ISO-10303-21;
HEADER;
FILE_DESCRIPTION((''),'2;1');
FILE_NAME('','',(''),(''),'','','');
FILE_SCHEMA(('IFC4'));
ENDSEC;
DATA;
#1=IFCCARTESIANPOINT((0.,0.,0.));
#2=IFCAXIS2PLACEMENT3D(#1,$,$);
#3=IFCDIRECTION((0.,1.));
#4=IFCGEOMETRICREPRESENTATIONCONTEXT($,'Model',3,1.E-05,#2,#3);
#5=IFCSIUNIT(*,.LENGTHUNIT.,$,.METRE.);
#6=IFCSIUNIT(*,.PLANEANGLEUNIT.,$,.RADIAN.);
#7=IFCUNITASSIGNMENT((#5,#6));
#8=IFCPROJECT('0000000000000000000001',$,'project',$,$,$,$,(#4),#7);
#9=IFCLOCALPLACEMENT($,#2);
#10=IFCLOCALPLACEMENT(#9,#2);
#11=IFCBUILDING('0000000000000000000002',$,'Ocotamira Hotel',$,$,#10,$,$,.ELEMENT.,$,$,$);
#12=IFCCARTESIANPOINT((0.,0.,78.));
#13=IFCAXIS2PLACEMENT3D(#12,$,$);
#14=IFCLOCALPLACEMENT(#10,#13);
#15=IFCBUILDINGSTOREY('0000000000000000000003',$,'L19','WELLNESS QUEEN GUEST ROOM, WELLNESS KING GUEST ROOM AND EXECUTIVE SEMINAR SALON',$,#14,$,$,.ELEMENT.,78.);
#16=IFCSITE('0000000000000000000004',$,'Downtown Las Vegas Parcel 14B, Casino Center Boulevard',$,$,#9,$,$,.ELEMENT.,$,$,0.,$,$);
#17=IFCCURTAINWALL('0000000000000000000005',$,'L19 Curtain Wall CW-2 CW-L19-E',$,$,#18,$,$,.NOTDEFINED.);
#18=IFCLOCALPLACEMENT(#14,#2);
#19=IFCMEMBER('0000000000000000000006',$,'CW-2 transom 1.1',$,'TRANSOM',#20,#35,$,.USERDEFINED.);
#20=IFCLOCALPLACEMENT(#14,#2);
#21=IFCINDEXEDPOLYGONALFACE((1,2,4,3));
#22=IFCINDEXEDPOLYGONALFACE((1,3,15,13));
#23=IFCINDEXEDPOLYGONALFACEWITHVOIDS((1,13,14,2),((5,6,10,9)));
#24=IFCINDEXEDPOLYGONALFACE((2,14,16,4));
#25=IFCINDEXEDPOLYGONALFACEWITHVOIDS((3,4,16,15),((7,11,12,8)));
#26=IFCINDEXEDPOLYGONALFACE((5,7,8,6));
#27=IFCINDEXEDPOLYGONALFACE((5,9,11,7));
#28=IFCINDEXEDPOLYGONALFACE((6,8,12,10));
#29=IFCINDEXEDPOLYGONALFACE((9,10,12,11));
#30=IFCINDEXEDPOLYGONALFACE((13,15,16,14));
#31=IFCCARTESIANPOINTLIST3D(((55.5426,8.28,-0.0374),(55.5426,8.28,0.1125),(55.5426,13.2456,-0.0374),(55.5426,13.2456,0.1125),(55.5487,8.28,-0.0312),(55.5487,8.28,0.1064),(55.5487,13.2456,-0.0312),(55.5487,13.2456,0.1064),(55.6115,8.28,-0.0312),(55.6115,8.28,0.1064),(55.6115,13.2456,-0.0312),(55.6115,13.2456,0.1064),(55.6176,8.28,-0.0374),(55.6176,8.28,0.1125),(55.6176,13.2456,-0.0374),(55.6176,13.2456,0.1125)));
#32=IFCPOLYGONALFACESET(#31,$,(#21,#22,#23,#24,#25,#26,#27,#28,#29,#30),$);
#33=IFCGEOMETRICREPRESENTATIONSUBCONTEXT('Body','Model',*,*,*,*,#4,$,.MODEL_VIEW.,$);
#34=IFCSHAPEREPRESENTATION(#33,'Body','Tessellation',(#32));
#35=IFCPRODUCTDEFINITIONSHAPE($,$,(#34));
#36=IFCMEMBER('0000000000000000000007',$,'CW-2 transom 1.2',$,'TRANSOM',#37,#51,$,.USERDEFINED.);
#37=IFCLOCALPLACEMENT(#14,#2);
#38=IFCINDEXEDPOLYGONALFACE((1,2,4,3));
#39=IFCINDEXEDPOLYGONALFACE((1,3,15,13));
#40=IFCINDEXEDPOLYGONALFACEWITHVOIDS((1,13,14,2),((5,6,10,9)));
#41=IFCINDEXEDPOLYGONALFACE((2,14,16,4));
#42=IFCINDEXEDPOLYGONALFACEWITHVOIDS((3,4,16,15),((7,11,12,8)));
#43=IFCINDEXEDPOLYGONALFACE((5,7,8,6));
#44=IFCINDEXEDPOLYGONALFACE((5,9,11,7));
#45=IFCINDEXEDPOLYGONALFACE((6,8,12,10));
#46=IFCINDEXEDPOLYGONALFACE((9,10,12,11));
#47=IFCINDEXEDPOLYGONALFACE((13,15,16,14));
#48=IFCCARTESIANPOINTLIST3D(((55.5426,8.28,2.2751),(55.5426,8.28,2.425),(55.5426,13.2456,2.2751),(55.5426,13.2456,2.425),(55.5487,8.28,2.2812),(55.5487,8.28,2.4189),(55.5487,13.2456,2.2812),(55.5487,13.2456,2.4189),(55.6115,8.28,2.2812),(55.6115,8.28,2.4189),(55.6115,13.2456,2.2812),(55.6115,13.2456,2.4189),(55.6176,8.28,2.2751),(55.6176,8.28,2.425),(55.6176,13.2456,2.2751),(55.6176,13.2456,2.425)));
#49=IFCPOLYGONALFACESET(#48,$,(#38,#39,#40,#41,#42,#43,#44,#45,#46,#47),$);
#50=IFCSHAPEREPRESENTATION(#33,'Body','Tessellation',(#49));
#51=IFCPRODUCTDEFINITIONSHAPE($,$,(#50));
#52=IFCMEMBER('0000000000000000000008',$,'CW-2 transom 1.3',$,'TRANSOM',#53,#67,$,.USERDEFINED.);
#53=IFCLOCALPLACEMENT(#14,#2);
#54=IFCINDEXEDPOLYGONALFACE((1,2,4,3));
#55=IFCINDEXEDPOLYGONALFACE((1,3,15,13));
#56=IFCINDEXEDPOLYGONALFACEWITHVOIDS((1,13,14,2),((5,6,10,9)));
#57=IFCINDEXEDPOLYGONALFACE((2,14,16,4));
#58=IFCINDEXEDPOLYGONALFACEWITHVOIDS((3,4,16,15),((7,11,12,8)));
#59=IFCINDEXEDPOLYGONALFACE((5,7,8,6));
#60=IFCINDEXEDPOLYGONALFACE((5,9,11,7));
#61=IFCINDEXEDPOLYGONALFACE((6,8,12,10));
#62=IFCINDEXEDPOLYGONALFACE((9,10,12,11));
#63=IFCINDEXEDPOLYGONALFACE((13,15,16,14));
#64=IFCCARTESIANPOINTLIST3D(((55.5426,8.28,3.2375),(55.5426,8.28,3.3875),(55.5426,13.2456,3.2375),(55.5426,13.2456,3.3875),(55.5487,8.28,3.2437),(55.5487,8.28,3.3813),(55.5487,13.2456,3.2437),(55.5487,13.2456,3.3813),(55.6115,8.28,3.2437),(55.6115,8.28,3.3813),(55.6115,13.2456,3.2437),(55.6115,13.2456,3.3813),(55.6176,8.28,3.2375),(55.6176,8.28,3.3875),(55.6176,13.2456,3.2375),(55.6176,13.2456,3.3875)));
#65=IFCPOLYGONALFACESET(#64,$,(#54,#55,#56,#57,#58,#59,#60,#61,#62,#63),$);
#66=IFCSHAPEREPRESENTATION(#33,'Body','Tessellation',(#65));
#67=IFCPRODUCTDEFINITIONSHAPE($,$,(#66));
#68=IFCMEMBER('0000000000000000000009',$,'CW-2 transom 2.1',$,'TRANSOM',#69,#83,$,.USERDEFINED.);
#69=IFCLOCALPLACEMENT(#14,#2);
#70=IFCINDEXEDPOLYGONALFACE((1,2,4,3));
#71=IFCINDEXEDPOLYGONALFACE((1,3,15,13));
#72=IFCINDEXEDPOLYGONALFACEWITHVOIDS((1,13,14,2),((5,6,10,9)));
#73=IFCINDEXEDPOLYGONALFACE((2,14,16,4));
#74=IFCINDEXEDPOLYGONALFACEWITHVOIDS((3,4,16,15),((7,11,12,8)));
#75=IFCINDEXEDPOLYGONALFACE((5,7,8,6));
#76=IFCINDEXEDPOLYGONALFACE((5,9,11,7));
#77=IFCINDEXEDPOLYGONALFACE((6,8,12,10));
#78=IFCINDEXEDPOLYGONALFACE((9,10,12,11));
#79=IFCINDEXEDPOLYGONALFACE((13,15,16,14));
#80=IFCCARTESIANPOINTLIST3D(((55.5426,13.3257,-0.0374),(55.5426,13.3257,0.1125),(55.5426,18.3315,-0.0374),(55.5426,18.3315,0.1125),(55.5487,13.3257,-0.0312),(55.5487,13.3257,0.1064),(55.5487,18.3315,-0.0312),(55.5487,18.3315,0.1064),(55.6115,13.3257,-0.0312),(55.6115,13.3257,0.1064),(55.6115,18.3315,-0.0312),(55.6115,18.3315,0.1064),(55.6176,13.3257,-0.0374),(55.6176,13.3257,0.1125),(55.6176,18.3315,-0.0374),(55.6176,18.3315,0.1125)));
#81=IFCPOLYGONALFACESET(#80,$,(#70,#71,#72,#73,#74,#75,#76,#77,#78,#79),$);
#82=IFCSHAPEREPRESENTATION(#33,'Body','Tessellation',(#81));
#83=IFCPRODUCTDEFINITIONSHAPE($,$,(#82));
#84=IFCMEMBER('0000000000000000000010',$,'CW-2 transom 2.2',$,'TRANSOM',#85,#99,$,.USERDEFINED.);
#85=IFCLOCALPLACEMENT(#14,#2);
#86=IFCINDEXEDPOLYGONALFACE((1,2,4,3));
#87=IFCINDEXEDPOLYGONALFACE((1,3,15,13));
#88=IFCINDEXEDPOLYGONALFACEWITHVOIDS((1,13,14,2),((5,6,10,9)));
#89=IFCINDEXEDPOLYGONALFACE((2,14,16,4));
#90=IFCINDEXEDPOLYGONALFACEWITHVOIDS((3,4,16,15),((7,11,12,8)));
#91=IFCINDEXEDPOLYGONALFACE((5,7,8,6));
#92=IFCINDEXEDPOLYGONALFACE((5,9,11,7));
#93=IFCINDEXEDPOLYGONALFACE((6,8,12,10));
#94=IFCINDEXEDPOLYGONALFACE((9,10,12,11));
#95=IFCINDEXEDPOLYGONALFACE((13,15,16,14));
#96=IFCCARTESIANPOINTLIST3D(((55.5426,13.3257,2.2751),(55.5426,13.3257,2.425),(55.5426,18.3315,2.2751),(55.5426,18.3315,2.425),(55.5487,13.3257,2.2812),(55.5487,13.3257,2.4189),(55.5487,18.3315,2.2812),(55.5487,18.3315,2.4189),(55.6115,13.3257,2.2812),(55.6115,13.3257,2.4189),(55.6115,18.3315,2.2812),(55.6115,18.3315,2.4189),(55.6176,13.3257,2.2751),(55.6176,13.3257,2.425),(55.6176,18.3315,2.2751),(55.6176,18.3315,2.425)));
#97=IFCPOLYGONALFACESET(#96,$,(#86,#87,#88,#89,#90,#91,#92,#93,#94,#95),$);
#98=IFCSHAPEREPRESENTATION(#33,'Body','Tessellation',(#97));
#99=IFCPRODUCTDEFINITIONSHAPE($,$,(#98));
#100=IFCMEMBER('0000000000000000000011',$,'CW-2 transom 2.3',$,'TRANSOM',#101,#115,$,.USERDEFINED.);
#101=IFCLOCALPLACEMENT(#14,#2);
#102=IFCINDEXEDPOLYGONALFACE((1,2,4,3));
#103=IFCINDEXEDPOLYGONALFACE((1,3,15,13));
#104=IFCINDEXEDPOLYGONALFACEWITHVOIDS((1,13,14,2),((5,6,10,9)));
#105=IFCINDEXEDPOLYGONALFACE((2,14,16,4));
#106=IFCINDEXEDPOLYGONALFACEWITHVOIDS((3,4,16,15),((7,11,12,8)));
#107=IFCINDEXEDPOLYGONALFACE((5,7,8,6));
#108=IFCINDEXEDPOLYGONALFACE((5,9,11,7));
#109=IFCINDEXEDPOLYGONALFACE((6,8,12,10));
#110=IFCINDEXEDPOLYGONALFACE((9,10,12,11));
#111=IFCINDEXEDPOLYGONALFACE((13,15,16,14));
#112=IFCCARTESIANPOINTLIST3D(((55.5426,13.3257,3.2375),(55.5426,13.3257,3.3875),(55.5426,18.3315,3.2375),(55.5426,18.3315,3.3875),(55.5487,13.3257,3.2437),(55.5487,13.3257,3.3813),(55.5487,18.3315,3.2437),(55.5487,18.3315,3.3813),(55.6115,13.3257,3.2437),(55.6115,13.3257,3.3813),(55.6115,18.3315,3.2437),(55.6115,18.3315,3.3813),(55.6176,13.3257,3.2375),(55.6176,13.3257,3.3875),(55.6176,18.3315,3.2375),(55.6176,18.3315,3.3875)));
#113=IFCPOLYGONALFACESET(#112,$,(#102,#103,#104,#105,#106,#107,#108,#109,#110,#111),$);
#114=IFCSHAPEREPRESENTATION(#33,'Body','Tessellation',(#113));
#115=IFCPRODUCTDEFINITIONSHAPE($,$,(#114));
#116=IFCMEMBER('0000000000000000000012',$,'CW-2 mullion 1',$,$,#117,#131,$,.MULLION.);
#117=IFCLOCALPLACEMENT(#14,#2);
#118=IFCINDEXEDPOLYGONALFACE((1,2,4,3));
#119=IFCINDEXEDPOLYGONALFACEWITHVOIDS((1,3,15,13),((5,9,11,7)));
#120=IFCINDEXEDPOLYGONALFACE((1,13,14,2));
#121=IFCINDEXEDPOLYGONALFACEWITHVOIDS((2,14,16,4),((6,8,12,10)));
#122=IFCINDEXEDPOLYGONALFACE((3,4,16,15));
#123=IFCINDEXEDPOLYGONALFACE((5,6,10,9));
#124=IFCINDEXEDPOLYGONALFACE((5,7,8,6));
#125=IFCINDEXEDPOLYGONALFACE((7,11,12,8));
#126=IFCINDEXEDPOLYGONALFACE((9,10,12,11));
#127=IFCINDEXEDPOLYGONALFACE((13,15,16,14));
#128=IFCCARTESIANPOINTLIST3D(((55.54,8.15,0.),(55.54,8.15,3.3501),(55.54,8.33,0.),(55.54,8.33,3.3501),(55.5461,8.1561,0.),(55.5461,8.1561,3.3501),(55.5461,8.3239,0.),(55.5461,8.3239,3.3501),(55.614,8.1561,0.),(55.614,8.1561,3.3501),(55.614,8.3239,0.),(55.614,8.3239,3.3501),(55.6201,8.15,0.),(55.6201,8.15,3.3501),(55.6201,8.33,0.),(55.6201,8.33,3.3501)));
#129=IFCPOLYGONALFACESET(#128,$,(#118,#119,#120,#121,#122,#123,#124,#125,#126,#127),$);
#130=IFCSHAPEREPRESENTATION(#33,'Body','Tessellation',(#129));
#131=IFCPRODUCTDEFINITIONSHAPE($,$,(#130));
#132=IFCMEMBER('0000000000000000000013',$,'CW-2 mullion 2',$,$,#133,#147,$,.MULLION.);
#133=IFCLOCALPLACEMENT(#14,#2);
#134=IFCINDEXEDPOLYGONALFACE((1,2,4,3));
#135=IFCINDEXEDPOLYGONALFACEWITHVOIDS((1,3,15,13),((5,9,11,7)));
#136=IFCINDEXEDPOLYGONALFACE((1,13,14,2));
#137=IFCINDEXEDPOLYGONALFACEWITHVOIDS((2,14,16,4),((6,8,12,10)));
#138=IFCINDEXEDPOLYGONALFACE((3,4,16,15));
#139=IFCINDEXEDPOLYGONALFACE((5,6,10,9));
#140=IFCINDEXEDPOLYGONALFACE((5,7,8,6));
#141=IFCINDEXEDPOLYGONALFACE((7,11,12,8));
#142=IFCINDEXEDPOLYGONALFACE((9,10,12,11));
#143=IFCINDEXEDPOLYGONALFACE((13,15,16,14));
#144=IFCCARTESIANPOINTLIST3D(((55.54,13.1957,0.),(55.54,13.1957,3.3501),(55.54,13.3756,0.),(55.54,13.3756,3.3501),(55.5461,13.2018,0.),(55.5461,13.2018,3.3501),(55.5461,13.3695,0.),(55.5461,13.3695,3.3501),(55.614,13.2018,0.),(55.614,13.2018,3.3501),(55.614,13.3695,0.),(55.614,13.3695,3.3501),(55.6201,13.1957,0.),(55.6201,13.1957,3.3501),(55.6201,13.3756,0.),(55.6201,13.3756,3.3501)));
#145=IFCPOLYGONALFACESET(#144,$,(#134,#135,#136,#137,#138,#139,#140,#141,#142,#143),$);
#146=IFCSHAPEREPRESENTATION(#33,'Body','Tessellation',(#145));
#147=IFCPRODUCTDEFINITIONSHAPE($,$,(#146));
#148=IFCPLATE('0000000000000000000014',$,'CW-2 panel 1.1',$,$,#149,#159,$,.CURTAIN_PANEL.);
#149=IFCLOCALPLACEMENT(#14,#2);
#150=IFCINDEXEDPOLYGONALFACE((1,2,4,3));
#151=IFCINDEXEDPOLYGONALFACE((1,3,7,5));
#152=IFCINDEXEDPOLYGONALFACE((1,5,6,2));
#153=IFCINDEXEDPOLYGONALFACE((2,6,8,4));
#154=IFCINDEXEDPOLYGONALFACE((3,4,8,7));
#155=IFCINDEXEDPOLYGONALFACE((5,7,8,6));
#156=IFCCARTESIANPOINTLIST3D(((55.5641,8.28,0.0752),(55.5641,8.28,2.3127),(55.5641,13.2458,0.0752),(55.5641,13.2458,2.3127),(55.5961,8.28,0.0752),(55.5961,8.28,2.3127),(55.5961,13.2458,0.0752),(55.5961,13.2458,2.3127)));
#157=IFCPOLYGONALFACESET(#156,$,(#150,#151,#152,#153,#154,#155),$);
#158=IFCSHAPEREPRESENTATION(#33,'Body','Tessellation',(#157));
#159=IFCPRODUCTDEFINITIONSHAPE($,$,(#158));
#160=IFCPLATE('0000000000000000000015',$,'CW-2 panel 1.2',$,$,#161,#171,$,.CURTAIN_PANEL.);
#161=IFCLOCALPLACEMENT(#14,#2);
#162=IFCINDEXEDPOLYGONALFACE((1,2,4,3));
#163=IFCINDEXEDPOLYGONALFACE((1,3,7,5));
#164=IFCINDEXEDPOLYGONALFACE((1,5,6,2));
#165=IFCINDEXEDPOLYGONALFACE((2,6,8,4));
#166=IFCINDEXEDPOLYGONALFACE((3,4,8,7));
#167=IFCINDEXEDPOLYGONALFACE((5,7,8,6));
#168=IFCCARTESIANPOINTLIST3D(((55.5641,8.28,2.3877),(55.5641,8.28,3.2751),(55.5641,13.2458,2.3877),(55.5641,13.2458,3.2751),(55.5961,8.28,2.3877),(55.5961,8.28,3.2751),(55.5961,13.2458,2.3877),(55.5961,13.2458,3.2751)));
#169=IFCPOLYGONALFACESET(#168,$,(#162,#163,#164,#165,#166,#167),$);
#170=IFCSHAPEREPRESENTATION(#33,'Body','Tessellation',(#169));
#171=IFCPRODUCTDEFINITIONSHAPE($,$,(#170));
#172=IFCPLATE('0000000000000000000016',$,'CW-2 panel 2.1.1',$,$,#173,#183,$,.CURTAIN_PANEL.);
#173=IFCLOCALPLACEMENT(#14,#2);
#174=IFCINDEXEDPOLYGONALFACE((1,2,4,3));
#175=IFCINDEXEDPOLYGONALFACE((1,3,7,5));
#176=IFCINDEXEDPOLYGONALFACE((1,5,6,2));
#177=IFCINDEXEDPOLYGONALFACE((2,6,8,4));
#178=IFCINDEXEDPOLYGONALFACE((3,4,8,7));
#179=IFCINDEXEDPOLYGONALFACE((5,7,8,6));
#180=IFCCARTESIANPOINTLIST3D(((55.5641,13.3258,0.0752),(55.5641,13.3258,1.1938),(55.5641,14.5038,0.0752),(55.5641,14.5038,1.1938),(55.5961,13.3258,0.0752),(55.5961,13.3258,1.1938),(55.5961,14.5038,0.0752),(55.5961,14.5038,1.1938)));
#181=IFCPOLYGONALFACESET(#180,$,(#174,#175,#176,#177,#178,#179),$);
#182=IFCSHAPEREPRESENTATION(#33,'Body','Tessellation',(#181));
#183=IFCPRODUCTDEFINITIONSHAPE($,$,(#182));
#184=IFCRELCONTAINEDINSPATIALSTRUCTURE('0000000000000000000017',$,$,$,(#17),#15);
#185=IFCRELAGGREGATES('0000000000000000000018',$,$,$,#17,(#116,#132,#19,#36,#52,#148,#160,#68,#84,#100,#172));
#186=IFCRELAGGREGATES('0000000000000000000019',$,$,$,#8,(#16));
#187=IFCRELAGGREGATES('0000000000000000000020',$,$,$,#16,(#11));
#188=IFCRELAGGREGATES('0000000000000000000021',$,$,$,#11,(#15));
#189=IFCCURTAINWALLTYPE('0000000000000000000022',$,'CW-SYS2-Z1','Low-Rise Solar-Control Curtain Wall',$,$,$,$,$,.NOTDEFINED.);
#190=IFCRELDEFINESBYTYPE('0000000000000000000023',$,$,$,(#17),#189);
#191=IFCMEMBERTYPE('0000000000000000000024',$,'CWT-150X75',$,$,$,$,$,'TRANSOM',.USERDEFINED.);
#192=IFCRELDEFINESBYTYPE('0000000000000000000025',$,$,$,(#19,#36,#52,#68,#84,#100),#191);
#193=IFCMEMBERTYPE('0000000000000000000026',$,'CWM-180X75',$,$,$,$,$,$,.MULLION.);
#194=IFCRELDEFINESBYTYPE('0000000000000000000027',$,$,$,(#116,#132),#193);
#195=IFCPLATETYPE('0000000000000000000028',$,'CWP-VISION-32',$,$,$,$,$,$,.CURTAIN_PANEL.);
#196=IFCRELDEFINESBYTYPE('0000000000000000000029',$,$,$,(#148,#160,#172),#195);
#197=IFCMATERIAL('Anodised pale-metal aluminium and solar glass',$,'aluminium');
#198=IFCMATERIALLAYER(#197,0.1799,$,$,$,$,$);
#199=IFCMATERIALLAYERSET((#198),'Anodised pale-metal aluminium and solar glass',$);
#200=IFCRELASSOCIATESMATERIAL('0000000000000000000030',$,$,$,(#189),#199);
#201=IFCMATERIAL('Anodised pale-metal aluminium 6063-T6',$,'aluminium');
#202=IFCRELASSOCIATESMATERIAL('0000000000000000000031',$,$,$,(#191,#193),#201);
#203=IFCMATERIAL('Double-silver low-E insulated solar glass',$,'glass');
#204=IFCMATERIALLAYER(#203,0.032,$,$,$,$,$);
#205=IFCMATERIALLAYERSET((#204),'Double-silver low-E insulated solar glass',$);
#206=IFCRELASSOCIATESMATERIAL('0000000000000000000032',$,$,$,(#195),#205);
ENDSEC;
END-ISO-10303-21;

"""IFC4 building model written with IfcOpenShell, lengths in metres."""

from ifc_helpers import new_model, si_unit, direction, frame, origin, origin_2d, place, context, subcontext, project, spatial, rectangle, hollow_rectangle, extrude, source, transform, mapped, material, layer, layer_set, material_profile, profile_set, type_object, element, aggregate, save


model = new_model("IFC4")

# Units and contexts
model_context = context("Model", 3, precision=1e-05, world=origin(), true_north=direction((0.0, 1.0)))
body_context = subcontext(model_context, "Body", "Model", "MODEL_VIEW")
ifc_project = project(units=[si_unit("LENGTHUNIT", "METRE"), si_unit("PLANEANGLEUNIT", "RADIAN")], contexts=[model_context])

# Site, building, storey
site_placement = place(None, origin())
site = spatial("IfcSite", under=ifc_project, at=site_placement, Name="Downtown Las Vegas Parcel 14B, Casino Center Boulevard", CompositionType="ELEMENT", RefElevation=0.0)
building_placement = place(site_placement, origin())
building = spatial("IfcBuilding", under=site, at=building_placement, Name="Ocotamira Hotel", CompositionType="ELEMENT")
storey_placement = place(building_placement, frame((0.0, 0.0, 78.0)))
storey = spatial("IfcBuildingStorey", under=building, at=storey_placement, Name="L19", Description="WELLNESS QUEEN GUEST ROOM, WELLNESS KING GUEST ROOM AND EXECUTIVE SEMINAR SALON", CompositionType="ELEMENT", Elevation=78.0)

# Curtain wall, members, plates
ifc_material_1 = material(Name="Anodised pale-metal aluminium and solar glass", Category="aluminium")
ifc_layer_1 = layer(ifc_material_1, 0.1799)
ifc_layer_set_1 = layer_set([ifc_layer_1], Name="Anodised pale-metal aluminium and solar glass")
curtain_wall_type = type_object("IfcCurtainWallType", Name="CW-SYS2-Z1", Description="Low-Rise Solar-Control Curtain Wall", PredefinedType="NOTDEFINED", material=ifc_layer_set_1)
curtain_wall_placement = place(storey_placement, origin())
curtain_wall = element("IfcCurtainWall", 1, at=curtain_wall_placement, inside=storey, type_object=curtain_wall_type, Name="L19 Curtain Wall CW-2 CW-L19-E", PredefinedType="NOTDEFINED")
ifc_material_2 = material(Name="Anodised pale-metal aluminium 6063-T6", Category="aluminium")
ifc_material_profile_1 = material_profile(ifc_material_2, hollow_rectangle(XDim=0.075, YDim=0.1499, WallThickness=0.0061, at=origin_2d()), Name="HSS150X75X6")
ifc_profile_set_1 = profile_set([ifc_material_profile_1], Name="Anodised pale-metal aluminium 6063-T6")
member_type_1 = type_object("IfcMemberType", Name="CWT-150X75", ElementType="TRANSOM", PredefinedType="USERDEFINED", material=ifc_profile_set_1)
shared_shape_1 = source(origin(), body_context, "Body", "SweptSolid", [
    extrude(hollow_rectangle(XDim=0.075, YDim=0.1499, WallThickness=0.0061, at=origin_2d()), origin(), (0.0, 0.0, 1.0), 4.9656),
])
member_1_placement = place(storey_placement, frame((55.5801, 8.28, 0.0376), z_axis=(0.0, 1.0, 0.0), x_axis=(-1.0, 0.0, 0.0)))
member_1 = element("IfcMember", 2, at=member_1_placement, type_object=member_type_1, Name="CW-2 transom 1.1", ObjectType="TRANSOM", PredefinedType="USERDEFINED", context=body_context, shape_type="MappedRepresentation", body=[
    mapped(shared_shape_1, transform((0.0, 0.0, 0.0), scale=1.0)),
])
member_2_placement = place(storey_placement, frame((55.5801, 8.28, 2.3501), z_axis=(0.0, 1.0, 0.0), x_axis=(-1.0, 0.0, 0.0)))
member_2 = element("IfcMember", 3, at=member_2_placement, type_object=member_type_1, Name="CW-2 transom 1.2", ObjectType="TRANSOM", PredefinedType="USERDEFINED", context=body_context, shape_type="MappedRepresentation", body=[
    mapped(shared_shape_1, transform((0.0, 0.0, 0.0), scale=1.0)),
])
member_3_placement = place(storey_placement, frame((55.5801, 8.28, 3.3125), z_axis=(0.0, 1.0, 0.0), x_axis=(-1.0, 0.0, 0.0)))
member_3 = element("IfcMember", 4, at=member_3_placement, type_object=member_type_1, Name="CW-2 transom 1.3", ObjectType="TRANSOM", PredefinedType="USERDEFINED", context=body_context, shape_type="MappedRepresentation", body=[
    mapped(shared_shape_1, transform((0.0, 0.0, 0.0), scale=1.0)),
])
shared_shape_2 = source(origin(), body_context, "Body", "SweptSolid", [
    extrude(hollow_rectangle(XDim=0.075, YDim=0.1499, WallThickness=0.0061, at=origin_2d()), origin(), (0.0, 0.0, 1.0), 5.0059),
])
member_4_placement = place(storey_placement, frame((55.5801, 13.3257, 0.0376), z_axis=(0.0, 1.0, 0.0), x_axis=(-1.0, 0.0, 0.0)))
member_4 = element("IfcMember", 5, at=member_4_placement, type_object=member_type_1, Name="CW-2 transom 2.1", ObjectType="TRANSOM", PredefinedType="USERDEFINED", context=body_context, shape_type="MappedRepresentation", body=[
    mapped(shared_shape_2, transform((0.0, 0.0, 0.0), scale=1.0)),
])
member_5_placement = place(storey_placement, frame((55.5801, 13.3257, 2.3501), z_axis=(0.0, 1.0, 0.0), x_axis=(-1.0, 0.0, 0.0)))
member_5 = element("IfcMember", 6, at=member_5_placement, type_object=member_type_1, Name="CW-2 transom 2.2", ObjectType="TRANSOM", PredefinedType="USERDEFINED", context=body_context, shape_type="MappedRepresentation", body=[
    mapped(shared_shape_2, transform((0.0, 0.0, 0.0), scale=1.0)),
])
member_6_placement = place(storey_placement, frame((55.5801, 13.3257, 3.3125), z_axis=(0.0, 1.0, 0.0), x_axis=(-1.0, 0.0, 0.0)))
member_6 = element("IfcMember", 7, at=member_6_placement, type_object=member_type_1, Name="CW-2 transom 2.3", ObjectType="TRANSOM", PredefinedType="USERDEFINED", context=body_context, shape_type="MappedRepresentation", body=[
    mapped(shared_shape_2, transform((0.0, 0.0, 0.0), scale=1.0)),
])
ifc_material_profile_2 = material_profile(ifc_material_2, hollow_rectangle(XDim=0.0801, YDim=0.1799, WallThickness=0.0061, at=origin_2d()), Name="HSS180X80X6")
ifc_profile_set_2 = profile_set([ifc_material_profile_2], Name="Anodised pale-metal aluminium 6063-T6")
member_type_2 = type_object("IfcMemberType", Name="CWM-180X75", PredefinedType="MULLION", material=ifc_profile_set_2)
shared_shape_3 = source(origin(), body_context, "Body", "SweptSolid", [
    extrude(hollow_rectangle(XDim=0.0801, YDim=0.1799, WallThickness=0.0061, at=origin_2d()), origin(), (0.0, 0.0, 1.0), 3.3501),
])
member_7_placement = place(storey_placement, frame((55.5801, 8.24, 0.0), z_axis=(0.0, 0.0, 1.0), x_axis=(-1.0, 0.0, 0.0)))
member_7 = element("IfcMember", 8, at=member_7_placement, type_object=member_type_2, Name="CW-2 mullion 1", PredefinedType="MULLION", context=body_context, shape_type="MappedRepresentation", body=[
    mapped(shared_shape_3, transform((0.0, 0.0, 0.0), scale=1.0)),
])
member_8_placement = place(storey_placement, frame((55.5801, 13.2856, 0.0), z_axis=(0.0, 0.0, 1.0), x_axis=(-1.0, 0.0, 0.0)))
member_8 = element("IfcMember", 9, at=member_8_placement, type_object=member_type_2, Name="CW-2 mullion 2", PredefinedType="MULLION", context=body_context, shape_type="MappedRepresentation", body=[
    mapped(shared_shape_3, transform((0.0, 0.0, 0.0), scale=1.0)),
])
ifc_material_3 = material(Name="Double-silver low-E insulated solar glass", Category="glass")
ifc_layer_2 = layer(ifc_material_3, 0.032)
ifc_layer_set_2 = layer_set([ifc_layer_2], Name="Double-silver low-E insulated solar glass")
plate_type = type_object("IfcPlateType", Name="CWP-VISION-32", PredefinedType="CURTAIN_PANEL", material=ifc_layer_set_2)
shared_shape_4 = source(origin(), body_context, "Body", "SweptSolid", [
    extrude(rectangle(XDim=4.9658, YDim=0.032, at=origin_2d()), origin(), (0.0, 0.0, 1.0), 2.2375),
])
plate_1_placement = place(storey_placement, frame((55.5801, 10.7629, 0.0752), z_axis=(0.0, 0.0, 1.0), x_axis=(0.0, 1.0, 0.0)))
plate_1 = element("IfcPlate", 10, at=plate_1_placement, type_object=plate_type, Name="CW-2 panel 1.1", PredefinedType="CURTAIN_PANEL", context=body_context, shape_type="MappedRepresentation", body=[
    mapped(shared_shape_4, transform((0.0, 0.0, 0.0), scale=1.0)),
])
shared_shape_5 = source(origin(), body_context, "Body", "SweptSolid", [
    extrude(rectangle(XDim=4.9658, YDim=0.032, at=origin_2d()), origin(), (0.0, 0.0, 1.0), 0.8875),
])
plate_2_placement = place(storey_placement, frame((55.5801, 10.7629, 2.3877), z_axis=(0.0, 0.0, 1.0), x_axis=(0.0, 1.0, 0.0)))
plate_2 = element("IfcPlate", 11, at=plate_2_placement, type_object=plate_type, Name="CW-2 panel 1.2", PredefinedType="CURTAIN_PANEL", context=body_context, shape_type="MappedRepresentation", body=[
    mapped(shared_shape_5, transform((0.0, 0.0, 0.0), scale=1.0)),
])
shared_shape_6 = source(origin(), body_context, "Body", "SweptSolid", [
    extrude(rectangle(XDim=1.178, YDim=0.032, at=origin_2d()), origin(), (0.0, 0.0, 1.0), 1.1187),
])
plate_3_placement = place(storey_placement, frame((55.5801, 13.9148, 0.0752), z_axis=(0.0, 0.0, 1.0), x_axis=(0.0, 1.0, 0.0)))
plate_3 = element("IfcPlate", 12, at=plate_3_placement, type_object=plate_type, Name="CW-2 panel 2.1.1", PredefinedType="CURTAIN_PANEL", context=body_context, shape_type="MappedRepresentation", body=[
    mapped(shared_shape_6, transform((0.0, 0.0, 0.0), scale=1.0)),
])
aggregate(curtain_wall, [member_7, member_8, member_1, member_2, member_3, plate_1, plate_2, member_4, member_5, member_6, plate_3])

save(model, "model.ifc")
